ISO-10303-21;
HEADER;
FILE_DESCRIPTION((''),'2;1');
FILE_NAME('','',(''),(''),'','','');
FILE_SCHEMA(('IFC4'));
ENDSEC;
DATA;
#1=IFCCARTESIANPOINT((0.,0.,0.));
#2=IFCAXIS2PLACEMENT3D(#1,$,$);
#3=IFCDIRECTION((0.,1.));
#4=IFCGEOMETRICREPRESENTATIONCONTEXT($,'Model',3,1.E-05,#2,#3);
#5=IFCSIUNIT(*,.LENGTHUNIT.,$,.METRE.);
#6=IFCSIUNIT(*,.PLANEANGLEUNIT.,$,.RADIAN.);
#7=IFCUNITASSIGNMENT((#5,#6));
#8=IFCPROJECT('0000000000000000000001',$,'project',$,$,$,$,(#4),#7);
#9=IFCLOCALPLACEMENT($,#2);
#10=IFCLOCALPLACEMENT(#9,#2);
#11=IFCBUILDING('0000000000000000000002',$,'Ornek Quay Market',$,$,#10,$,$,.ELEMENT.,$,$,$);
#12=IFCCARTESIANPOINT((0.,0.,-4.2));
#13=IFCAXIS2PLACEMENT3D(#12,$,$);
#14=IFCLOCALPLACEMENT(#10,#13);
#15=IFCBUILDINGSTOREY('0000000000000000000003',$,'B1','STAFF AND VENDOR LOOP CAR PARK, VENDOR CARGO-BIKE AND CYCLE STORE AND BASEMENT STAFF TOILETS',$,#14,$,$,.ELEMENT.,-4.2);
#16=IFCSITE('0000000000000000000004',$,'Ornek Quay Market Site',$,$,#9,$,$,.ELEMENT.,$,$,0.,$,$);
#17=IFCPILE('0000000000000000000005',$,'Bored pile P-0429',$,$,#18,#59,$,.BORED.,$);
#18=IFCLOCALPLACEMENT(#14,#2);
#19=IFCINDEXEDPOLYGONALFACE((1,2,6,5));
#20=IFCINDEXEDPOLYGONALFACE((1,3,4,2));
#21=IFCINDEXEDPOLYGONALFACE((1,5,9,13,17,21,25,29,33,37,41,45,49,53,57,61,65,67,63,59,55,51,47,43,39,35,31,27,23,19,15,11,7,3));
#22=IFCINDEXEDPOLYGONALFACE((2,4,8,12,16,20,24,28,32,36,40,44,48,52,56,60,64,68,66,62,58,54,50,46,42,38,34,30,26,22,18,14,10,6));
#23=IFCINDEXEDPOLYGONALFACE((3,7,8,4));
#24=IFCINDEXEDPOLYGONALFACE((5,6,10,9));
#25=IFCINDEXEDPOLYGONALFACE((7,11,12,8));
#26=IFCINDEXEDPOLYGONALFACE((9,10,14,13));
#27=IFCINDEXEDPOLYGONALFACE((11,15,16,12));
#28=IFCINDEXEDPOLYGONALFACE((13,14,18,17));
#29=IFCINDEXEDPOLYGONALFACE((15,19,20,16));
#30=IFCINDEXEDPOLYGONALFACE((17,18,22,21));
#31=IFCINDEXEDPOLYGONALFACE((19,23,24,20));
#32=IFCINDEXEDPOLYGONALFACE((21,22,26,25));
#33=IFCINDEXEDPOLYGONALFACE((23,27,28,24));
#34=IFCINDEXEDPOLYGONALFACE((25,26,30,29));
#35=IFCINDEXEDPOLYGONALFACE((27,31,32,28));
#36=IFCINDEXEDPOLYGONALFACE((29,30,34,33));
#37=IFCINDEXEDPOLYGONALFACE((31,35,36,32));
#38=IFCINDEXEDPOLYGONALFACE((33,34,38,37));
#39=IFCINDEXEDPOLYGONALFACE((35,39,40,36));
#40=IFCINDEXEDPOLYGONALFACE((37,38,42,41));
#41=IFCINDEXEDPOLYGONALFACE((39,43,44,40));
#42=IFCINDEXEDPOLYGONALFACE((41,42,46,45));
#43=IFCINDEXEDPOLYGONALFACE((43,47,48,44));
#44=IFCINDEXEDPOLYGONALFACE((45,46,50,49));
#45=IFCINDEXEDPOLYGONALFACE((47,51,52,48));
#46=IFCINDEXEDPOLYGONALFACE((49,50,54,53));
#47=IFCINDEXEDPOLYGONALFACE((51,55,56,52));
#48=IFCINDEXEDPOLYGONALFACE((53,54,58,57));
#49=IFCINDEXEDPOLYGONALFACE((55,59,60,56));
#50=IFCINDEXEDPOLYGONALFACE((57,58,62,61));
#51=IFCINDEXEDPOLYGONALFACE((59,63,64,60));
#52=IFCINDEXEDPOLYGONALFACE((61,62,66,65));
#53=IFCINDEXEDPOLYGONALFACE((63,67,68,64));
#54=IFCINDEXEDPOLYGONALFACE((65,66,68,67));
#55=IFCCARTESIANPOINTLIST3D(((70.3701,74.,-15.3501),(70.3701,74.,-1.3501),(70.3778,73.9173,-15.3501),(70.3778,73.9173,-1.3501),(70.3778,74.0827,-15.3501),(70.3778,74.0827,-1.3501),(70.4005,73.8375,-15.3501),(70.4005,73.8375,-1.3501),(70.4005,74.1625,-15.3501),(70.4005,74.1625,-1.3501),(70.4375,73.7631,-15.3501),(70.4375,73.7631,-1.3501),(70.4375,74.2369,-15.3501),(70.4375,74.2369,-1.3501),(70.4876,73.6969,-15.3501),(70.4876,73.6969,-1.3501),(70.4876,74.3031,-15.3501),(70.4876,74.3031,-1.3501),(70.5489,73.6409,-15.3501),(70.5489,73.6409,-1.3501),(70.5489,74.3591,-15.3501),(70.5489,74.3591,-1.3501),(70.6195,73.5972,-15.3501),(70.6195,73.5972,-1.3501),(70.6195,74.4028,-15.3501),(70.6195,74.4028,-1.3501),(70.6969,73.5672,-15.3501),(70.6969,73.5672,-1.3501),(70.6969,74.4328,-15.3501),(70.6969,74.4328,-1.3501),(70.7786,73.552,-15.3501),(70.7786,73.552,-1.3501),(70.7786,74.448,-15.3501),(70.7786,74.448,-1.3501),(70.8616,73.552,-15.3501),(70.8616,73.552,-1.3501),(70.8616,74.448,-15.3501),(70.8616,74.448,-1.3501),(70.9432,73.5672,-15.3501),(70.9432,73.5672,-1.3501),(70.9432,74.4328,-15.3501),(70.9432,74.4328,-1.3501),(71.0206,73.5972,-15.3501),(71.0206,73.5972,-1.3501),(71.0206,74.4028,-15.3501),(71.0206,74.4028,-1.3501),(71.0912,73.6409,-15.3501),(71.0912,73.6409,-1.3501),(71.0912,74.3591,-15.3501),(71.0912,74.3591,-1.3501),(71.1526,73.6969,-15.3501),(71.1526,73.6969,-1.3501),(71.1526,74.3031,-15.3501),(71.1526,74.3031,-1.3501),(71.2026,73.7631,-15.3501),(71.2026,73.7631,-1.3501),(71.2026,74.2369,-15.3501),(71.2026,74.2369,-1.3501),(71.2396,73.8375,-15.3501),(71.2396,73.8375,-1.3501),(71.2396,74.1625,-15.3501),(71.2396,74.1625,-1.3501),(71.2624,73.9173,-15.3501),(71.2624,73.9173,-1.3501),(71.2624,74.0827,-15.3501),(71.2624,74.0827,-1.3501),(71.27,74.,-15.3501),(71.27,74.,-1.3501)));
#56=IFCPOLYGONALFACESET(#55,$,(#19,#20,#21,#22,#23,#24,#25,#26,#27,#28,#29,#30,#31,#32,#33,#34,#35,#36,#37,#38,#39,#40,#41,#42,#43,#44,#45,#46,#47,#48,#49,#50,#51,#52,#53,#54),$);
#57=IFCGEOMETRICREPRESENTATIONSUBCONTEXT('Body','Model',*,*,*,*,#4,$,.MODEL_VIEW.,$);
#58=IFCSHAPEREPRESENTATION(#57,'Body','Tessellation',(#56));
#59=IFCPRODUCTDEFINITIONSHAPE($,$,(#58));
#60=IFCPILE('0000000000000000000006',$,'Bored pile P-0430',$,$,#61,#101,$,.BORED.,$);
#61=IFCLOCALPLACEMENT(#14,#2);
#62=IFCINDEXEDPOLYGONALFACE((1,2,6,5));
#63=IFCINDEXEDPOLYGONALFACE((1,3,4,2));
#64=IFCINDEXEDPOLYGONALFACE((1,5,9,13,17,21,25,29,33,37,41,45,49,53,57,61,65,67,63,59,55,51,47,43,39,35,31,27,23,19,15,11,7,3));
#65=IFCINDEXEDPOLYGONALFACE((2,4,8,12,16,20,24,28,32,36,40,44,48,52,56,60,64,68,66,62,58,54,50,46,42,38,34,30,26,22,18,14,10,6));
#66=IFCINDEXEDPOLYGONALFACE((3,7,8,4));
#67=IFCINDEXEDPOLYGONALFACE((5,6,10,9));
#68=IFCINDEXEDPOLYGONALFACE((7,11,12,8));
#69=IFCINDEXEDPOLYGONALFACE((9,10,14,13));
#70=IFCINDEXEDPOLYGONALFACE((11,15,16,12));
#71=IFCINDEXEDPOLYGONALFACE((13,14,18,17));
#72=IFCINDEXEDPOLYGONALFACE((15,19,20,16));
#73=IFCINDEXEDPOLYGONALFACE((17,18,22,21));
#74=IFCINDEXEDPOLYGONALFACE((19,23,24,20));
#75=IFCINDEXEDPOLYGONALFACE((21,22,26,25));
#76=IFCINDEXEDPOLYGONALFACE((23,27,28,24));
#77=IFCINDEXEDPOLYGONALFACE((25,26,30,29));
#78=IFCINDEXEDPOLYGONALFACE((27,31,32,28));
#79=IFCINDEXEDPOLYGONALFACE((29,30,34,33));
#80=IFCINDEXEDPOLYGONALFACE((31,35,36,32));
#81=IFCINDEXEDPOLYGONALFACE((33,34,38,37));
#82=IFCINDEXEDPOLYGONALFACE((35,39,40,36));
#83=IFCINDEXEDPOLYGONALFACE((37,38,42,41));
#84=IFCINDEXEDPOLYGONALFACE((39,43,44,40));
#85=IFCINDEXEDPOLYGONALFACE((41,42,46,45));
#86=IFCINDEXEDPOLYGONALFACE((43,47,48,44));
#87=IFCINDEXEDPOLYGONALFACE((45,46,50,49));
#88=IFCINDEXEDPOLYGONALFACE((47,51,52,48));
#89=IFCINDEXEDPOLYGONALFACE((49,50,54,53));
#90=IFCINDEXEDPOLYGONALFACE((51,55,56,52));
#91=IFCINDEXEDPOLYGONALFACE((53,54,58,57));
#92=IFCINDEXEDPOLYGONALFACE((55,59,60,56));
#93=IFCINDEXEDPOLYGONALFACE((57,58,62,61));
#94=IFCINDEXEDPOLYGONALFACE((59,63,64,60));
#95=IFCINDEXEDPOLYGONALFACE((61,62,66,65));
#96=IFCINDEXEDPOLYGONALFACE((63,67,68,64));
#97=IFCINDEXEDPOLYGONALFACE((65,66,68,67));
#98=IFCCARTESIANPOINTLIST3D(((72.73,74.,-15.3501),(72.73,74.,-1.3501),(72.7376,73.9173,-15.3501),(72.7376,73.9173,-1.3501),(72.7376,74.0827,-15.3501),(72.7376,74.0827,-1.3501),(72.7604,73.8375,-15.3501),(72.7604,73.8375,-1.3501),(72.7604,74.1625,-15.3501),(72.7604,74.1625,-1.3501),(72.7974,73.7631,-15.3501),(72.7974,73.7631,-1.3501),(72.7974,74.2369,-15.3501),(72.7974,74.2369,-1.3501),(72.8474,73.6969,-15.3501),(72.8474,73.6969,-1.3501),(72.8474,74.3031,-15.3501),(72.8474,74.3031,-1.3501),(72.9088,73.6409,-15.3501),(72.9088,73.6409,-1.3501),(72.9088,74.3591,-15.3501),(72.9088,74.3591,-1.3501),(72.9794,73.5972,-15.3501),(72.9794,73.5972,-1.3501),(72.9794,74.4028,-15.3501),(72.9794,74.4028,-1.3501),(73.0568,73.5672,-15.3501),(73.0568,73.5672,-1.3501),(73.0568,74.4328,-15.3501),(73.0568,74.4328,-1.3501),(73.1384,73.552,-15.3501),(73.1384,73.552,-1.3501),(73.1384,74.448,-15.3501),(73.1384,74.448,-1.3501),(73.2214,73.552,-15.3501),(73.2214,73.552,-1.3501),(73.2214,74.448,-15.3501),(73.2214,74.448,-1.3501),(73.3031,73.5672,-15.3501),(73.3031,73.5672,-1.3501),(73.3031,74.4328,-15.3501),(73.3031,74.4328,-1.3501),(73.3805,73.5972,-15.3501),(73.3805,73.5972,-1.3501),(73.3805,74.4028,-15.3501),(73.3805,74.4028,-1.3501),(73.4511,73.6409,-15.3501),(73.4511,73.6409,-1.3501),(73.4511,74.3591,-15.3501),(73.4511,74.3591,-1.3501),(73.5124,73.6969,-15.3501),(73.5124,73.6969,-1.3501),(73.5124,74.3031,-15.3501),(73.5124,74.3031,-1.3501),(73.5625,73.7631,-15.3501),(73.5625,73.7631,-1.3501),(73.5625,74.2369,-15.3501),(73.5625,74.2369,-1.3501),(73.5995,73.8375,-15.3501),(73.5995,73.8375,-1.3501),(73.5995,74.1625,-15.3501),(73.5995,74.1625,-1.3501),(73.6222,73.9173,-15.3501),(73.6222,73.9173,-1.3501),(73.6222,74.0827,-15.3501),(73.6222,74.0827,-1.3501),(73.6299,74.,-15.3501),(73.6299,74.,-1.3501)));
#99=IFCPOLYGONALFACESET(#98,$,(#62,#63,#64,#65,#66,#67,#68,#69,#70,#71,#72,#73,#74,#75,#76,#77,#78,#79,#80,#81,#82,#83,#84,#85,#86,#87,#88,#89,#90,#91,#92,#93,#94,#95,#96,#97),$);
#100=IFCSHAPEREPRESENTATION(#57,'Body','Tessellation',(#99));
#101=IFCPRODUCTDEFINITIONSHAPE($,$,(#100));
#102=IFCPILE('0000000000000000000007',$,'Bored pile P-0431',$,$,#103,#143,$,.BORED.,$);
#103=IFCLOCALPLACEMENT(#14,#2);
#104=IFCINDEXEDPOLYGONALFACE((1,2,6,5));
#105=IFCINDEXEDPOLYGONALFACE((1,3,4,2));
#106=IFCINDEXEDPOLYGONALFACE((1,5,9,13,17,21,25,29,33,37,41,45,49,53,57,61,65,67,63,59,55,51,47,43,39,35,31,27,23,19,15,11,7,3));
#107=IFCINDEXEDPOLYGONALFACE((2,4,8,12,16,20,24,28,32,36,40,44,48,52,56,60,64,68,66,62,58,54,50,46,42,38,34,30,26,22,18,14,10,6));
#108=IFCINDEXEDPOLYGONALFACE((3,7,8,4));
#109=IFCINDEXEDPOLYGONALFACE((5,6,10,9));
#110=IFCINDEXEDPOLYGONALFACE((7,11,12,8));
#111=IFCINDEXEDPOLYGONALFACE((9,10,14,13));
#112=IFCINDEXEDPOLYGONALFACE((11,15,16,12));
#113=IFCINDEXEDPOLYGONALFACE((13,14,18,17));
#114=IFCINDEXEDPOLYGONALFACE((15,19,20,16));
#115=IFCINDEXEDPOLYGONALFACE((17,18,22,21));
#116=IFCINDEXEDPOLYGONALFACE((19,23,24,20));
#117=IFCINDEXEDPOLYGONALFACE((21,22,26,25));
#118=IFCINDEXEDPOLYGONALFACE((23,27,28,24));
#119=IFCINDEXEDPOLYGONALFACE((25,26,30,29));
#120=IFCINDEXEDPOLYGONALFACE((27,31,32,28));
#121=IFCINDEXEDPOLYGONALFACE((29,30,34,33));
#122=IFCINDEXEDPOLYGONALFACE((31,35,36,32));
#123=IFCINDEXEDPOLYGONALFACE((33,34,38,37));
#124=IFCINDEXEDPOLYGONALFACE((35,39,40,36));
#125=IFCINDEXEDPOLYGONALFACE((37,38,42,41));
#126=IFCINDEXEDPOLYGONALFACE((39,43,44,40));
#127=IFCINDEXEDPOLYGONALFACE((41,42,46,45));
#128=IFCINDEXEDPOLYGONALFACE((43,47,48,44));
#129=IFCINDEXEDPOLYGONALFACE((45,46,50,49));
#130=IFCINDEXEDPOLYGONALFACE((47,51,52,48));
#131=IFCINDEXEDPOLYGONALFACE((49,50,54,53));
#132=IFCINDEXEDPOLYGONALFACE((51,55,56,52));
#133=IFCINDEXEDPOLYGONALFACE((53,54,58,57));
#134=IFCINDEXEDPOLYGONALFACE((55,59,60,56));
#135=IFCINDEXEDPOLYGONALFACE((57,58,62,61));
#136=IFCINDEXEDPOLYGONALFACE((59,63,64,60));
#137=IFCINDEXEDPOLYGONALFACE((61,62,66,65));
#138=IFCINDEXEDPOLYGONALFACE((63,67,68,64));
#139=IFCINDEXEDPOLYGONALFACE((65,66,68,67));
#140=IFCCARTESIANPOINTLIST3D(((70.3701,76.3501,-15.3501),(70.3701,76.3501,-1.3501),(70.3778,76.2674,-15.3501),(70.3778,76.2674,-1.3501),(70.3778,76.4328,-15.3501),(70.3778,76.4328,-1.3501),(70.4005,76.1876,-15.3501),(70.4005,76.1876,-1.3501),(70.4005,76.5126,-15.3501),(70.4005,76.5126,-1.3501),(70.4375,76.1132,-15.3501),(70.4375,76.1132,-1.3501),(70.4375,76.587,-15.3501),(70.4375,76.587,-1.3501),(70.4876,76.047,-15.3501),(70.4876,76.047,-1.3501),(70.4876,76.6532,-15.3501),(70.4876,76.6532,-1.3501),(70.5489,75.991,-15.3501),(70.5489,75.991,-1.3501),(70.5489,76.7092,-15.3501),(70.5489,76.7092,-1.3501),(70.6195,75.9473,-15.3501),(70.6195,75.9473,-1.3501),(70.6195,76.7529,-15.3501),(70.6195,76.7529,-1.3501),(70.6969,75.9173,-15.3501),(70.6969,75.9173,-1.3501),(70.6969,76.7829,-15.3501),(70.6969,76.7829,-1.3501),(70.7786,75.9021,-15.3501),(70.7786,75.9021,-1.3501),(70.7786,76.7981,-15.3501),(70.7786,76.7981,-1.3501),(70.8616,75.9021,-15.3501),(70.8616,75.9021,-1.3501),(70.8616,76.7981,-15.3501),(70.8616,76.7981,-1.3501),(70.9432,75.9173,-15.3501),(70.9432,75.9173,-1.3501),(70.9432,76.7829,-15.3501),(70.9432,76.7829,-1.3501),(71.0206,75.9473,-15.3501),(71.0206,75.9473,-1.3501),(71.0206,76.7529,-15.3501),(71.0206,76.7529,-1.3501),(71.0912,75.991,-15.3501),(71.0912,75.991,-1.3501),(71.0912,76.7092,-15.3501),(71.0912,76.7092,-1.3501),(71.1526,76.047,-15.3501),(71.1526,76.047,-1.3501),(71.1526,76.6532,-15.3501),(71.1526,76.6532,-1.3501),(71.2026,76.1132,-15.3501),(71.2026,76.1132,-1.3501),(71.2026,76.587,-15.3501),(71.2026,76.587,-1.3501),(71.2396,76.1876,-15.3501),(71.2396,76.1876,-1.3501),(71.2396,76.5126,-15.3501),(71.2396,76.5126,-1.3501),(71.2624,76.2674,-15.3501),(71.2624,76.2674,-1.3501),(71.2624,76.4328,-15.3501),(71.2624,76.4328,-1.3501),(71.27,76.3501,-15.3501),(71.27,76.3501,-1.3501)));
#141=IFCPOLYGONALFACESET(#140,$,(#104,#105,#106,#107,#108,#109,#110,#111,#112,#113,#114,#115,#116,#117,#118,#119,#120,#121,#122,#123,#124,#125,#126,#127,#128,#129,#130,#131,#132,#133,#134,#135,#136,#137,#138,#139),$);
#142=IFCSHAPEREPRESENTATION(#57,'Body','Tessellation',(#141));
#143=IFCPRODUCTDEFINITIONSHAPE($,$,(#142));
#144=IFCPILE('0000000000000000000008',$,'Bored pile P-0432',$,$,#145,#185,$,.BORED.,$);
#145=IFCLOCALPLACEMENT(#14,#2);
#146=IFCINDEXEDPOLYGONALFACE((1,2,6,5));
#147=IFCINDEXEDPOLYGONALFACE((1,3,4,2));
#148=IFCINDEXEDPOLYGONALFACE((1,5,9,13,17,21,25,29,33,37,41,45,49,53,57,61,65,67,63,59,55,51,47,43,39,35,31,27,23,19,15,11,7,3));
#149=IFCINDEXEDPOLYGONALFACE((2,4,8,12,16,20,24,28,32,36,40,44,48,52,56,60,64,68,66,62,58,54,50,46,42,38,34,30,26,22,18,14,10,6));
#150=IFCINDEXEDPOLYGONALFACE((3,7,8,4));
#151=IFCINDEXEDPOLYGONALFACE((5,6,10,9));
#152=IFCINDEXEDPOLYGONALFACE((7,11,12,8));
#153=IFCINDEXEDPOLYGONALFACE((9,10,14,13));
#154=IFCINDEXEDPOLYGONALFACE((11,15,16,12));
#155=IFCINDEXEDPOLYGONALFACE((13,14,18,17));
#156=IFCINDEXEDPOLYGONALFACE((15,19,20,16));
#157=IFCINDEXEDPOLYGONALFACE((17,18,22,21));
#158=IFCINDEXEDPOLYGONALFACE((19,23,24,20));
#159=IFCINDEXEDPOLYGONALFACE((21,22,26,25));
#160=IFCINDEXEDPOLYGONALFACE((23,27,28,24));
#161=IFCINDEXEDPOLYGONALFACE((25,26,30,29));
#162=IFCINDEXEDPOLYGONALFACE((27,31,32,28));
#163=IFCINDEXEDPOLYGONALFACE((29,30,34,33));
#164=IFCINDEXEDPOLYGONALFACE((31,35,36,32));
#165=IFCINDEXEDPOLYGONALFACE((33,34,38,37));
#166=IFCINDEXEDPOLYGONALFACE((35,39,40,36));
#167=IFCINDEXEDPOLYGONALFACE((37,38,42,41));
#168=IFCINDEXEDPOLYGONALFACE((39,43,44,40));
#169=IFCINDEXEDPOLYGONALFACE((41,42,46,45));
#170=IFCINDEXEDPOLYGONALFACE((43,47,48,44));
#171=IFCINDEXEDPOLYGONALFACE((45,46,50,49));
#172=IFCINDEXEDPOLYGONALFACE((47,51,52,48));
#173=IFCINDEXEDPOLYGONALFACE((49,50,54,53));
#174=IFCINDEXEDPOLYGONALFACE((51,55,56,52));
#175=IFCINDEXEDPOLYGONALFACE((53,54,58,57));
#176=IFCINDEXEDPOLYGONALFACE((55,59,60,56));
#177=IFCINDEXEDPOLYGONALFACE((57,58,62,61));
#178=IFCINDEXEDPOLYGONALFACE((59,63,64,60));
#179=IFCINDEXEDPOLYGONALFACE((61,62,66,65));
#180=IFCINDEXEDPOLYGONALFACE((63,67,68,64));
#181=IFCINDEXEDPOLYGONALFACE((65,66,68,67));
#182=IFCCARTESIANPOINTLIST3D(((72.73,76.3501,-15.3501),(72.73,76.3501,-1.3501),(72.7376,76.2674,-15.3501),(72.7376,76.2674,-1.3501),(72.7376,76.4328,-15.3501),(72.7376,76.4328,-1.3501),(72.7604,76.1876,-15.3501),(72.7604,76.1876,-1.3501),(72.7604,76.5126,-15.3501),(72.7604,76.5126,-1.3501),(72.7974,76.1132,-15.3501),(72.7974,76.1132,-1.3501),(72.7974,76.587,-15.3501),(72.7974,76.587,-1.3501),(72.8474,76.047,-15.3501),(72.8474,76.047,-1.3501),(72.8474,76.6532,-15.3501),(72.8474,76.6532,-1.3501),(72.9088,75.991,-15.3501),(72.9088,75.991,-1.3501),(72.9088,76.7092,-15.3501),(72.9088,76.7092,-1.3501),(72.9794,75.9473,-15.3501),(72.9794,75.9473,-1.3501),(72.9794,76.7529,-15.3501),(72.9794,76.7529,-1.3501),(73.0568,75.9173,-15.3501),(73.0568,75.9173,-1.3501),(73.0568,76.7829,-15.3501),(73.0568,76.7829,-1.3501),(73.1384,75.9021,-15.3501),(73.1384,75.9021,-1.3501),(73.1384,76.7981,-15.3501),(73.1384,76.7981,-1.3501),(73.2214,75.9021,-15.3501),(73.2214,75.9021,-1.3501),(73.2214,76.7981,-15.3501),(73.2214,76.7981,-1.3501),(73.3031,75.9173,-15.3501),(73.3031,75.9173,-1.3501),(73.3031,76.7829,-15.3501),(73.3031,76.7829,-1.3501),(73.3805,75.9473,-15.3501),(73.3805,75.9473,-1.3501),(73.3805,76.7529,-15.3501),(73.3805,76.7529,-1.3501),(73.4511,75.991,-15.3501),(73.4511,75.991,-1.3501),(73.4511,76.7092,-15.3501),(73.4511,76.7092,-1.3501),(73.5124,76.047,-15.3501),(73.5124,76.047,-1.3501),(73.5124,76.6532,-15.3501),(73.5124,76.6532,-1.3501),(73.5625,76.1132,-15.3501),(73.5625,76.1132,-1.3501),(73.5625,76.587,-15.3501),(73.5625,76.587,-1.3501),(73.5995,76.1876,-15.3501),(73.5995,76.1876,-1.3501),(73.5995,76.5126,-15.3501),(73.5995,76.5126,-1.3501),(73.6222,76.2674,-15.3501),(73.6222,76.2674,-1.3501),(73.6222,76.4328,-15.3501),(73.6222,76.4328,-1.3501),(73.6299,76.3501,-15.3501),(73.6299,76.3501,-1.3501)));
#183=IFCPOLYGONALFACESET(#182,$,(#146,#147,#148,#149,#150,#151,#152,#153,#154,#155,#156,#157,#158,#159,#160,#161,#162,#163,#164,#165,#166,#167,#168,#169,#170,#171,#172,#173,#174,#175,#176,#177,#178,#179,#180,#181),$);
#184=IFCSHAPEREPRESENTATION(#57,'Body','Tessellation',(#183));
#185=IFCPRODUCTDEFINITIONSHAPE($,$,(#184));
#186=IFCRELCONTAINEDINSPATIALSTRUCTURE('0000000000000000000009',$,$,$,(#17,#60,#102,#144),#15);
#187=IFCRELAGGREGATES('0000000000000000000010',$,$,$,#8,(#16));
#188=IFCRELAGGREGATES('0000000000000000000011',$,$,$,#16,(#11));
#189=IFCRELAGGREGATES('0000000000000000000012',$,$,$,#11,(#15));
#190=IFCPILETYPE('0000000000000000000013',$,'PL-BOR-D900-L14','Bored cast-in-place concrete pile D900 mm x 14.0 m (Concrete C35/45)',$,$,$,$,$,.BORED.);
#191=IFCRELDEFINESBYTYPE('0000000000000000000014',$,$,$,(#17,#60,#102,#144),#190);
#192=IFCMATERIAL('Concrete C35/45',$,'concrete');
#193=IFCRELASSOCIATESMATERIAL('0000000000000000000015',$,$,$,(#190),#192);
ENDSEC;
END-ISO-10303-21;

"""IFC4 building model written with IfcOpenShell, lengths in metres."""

from ifc_helpers import new_model, si_unit, direction, frame, origin, origin_2d, place, context, subcontext, project, spatial, circle, extrude, material, material_profile, profile_set, type_object, element, save


model = new_model("IFC4")

# Units and contexts
model_context = context("Model", 3, precision=1e-05, world=origin(), true_north=direction((0.0, 1.0)))
body_context = subcontext(model_context, "Body", "Model", "MODEL_VIEW")
ifc_project = project(units=[si_unit("LENGTHUNIT", "METRE"), si_unit("PLANEANGLEUNIT", "RADIAN")], contexts=[model_context])

# Site, building, storey
site_placement = place(None, origin())
site = spatial("IfcSite", under=ifc_project, at=site_placement, Name="Ornek Quay Market Site", CompositionType="ELEMENT", RefElevation=0.0)
building_placement = place(site_placement, origin())
building = spatial("IfcBuilding", under=site, at=building_placement, Name="Ornek Quay Market", CompositionType="ELEMENT")
storey_placement = place(building_placement, frame((0.0, 0.0, -4.2)))
storey = spatial("IfcBuildingStorey", under=building, at=storey_placement, Name="B1", Description="STAFF AND VENDOR LOOP CAR PARK, VENDOR CARGO-BIKE AND CYCLE STORE AND BASEMENT STAFF TOILETS", CompositionType="ELEMENT", Elevation=-4.2)

# Piles
ifc_material_1 = material(Name="Concrete C35/45", Category="concrete")
ifc_material_profile_1 = material_profile(ifc_material_1, circle(Radius=0.45, at=origin_2d()), Name="PILE D900", Category="concrete")
ifc_profile_set_1 = profile_set([ifc_material_profile_1], Name="Concrete C35/45")
pile_type = type_object("IfcPileType", Name="PL-BOR-D900-L14", Description="Bored cast-in-place concrete pile D900 mm x 14.0 m (Concrete C35/45)", PredefinedType="BORED", material=ifc_profile_set_1)
for number, where, z_axis, x_axis, name in (
    (1, (70.8201, 74.0, -1.3501), (0.0, 0.0, -1.0), (1.0, 0.0, 0.0), "Bored pile P-0429"),
    (2, (73.1799, 74.0, -1.3501), (0.0, 0.0, -1.0), (1.0, 0.0, 0.0), "Bored pile P-0430"),
    (3, (70.8201, 76.3501, -1.3501), (0.0, 0.0, -1.0), (1.0, 0.0, 0.0), "Bored pile P-0431"),
    (4, (73.1799, 76.3501, -1.3501), (0.0, 0.0, -1.0), (1.0, 0.0, 0.0), "Bored pile P-0432"),
):
    element("IfcPile", number, at=place(storey_placement, frame(where, z_axis=z_axis, x_axis=x_axis)), inside=storey, type_object=pile_type, Name=name, PredefinedType="BORED", context=body_context, shape_type="SweptSolid", body=[
        extrude(circle(Radius=0.45, at=origin_2d()), origin(), (0.0, 0.0, 1.0), 14.0),
    ])

save(model, "model.ifc")
